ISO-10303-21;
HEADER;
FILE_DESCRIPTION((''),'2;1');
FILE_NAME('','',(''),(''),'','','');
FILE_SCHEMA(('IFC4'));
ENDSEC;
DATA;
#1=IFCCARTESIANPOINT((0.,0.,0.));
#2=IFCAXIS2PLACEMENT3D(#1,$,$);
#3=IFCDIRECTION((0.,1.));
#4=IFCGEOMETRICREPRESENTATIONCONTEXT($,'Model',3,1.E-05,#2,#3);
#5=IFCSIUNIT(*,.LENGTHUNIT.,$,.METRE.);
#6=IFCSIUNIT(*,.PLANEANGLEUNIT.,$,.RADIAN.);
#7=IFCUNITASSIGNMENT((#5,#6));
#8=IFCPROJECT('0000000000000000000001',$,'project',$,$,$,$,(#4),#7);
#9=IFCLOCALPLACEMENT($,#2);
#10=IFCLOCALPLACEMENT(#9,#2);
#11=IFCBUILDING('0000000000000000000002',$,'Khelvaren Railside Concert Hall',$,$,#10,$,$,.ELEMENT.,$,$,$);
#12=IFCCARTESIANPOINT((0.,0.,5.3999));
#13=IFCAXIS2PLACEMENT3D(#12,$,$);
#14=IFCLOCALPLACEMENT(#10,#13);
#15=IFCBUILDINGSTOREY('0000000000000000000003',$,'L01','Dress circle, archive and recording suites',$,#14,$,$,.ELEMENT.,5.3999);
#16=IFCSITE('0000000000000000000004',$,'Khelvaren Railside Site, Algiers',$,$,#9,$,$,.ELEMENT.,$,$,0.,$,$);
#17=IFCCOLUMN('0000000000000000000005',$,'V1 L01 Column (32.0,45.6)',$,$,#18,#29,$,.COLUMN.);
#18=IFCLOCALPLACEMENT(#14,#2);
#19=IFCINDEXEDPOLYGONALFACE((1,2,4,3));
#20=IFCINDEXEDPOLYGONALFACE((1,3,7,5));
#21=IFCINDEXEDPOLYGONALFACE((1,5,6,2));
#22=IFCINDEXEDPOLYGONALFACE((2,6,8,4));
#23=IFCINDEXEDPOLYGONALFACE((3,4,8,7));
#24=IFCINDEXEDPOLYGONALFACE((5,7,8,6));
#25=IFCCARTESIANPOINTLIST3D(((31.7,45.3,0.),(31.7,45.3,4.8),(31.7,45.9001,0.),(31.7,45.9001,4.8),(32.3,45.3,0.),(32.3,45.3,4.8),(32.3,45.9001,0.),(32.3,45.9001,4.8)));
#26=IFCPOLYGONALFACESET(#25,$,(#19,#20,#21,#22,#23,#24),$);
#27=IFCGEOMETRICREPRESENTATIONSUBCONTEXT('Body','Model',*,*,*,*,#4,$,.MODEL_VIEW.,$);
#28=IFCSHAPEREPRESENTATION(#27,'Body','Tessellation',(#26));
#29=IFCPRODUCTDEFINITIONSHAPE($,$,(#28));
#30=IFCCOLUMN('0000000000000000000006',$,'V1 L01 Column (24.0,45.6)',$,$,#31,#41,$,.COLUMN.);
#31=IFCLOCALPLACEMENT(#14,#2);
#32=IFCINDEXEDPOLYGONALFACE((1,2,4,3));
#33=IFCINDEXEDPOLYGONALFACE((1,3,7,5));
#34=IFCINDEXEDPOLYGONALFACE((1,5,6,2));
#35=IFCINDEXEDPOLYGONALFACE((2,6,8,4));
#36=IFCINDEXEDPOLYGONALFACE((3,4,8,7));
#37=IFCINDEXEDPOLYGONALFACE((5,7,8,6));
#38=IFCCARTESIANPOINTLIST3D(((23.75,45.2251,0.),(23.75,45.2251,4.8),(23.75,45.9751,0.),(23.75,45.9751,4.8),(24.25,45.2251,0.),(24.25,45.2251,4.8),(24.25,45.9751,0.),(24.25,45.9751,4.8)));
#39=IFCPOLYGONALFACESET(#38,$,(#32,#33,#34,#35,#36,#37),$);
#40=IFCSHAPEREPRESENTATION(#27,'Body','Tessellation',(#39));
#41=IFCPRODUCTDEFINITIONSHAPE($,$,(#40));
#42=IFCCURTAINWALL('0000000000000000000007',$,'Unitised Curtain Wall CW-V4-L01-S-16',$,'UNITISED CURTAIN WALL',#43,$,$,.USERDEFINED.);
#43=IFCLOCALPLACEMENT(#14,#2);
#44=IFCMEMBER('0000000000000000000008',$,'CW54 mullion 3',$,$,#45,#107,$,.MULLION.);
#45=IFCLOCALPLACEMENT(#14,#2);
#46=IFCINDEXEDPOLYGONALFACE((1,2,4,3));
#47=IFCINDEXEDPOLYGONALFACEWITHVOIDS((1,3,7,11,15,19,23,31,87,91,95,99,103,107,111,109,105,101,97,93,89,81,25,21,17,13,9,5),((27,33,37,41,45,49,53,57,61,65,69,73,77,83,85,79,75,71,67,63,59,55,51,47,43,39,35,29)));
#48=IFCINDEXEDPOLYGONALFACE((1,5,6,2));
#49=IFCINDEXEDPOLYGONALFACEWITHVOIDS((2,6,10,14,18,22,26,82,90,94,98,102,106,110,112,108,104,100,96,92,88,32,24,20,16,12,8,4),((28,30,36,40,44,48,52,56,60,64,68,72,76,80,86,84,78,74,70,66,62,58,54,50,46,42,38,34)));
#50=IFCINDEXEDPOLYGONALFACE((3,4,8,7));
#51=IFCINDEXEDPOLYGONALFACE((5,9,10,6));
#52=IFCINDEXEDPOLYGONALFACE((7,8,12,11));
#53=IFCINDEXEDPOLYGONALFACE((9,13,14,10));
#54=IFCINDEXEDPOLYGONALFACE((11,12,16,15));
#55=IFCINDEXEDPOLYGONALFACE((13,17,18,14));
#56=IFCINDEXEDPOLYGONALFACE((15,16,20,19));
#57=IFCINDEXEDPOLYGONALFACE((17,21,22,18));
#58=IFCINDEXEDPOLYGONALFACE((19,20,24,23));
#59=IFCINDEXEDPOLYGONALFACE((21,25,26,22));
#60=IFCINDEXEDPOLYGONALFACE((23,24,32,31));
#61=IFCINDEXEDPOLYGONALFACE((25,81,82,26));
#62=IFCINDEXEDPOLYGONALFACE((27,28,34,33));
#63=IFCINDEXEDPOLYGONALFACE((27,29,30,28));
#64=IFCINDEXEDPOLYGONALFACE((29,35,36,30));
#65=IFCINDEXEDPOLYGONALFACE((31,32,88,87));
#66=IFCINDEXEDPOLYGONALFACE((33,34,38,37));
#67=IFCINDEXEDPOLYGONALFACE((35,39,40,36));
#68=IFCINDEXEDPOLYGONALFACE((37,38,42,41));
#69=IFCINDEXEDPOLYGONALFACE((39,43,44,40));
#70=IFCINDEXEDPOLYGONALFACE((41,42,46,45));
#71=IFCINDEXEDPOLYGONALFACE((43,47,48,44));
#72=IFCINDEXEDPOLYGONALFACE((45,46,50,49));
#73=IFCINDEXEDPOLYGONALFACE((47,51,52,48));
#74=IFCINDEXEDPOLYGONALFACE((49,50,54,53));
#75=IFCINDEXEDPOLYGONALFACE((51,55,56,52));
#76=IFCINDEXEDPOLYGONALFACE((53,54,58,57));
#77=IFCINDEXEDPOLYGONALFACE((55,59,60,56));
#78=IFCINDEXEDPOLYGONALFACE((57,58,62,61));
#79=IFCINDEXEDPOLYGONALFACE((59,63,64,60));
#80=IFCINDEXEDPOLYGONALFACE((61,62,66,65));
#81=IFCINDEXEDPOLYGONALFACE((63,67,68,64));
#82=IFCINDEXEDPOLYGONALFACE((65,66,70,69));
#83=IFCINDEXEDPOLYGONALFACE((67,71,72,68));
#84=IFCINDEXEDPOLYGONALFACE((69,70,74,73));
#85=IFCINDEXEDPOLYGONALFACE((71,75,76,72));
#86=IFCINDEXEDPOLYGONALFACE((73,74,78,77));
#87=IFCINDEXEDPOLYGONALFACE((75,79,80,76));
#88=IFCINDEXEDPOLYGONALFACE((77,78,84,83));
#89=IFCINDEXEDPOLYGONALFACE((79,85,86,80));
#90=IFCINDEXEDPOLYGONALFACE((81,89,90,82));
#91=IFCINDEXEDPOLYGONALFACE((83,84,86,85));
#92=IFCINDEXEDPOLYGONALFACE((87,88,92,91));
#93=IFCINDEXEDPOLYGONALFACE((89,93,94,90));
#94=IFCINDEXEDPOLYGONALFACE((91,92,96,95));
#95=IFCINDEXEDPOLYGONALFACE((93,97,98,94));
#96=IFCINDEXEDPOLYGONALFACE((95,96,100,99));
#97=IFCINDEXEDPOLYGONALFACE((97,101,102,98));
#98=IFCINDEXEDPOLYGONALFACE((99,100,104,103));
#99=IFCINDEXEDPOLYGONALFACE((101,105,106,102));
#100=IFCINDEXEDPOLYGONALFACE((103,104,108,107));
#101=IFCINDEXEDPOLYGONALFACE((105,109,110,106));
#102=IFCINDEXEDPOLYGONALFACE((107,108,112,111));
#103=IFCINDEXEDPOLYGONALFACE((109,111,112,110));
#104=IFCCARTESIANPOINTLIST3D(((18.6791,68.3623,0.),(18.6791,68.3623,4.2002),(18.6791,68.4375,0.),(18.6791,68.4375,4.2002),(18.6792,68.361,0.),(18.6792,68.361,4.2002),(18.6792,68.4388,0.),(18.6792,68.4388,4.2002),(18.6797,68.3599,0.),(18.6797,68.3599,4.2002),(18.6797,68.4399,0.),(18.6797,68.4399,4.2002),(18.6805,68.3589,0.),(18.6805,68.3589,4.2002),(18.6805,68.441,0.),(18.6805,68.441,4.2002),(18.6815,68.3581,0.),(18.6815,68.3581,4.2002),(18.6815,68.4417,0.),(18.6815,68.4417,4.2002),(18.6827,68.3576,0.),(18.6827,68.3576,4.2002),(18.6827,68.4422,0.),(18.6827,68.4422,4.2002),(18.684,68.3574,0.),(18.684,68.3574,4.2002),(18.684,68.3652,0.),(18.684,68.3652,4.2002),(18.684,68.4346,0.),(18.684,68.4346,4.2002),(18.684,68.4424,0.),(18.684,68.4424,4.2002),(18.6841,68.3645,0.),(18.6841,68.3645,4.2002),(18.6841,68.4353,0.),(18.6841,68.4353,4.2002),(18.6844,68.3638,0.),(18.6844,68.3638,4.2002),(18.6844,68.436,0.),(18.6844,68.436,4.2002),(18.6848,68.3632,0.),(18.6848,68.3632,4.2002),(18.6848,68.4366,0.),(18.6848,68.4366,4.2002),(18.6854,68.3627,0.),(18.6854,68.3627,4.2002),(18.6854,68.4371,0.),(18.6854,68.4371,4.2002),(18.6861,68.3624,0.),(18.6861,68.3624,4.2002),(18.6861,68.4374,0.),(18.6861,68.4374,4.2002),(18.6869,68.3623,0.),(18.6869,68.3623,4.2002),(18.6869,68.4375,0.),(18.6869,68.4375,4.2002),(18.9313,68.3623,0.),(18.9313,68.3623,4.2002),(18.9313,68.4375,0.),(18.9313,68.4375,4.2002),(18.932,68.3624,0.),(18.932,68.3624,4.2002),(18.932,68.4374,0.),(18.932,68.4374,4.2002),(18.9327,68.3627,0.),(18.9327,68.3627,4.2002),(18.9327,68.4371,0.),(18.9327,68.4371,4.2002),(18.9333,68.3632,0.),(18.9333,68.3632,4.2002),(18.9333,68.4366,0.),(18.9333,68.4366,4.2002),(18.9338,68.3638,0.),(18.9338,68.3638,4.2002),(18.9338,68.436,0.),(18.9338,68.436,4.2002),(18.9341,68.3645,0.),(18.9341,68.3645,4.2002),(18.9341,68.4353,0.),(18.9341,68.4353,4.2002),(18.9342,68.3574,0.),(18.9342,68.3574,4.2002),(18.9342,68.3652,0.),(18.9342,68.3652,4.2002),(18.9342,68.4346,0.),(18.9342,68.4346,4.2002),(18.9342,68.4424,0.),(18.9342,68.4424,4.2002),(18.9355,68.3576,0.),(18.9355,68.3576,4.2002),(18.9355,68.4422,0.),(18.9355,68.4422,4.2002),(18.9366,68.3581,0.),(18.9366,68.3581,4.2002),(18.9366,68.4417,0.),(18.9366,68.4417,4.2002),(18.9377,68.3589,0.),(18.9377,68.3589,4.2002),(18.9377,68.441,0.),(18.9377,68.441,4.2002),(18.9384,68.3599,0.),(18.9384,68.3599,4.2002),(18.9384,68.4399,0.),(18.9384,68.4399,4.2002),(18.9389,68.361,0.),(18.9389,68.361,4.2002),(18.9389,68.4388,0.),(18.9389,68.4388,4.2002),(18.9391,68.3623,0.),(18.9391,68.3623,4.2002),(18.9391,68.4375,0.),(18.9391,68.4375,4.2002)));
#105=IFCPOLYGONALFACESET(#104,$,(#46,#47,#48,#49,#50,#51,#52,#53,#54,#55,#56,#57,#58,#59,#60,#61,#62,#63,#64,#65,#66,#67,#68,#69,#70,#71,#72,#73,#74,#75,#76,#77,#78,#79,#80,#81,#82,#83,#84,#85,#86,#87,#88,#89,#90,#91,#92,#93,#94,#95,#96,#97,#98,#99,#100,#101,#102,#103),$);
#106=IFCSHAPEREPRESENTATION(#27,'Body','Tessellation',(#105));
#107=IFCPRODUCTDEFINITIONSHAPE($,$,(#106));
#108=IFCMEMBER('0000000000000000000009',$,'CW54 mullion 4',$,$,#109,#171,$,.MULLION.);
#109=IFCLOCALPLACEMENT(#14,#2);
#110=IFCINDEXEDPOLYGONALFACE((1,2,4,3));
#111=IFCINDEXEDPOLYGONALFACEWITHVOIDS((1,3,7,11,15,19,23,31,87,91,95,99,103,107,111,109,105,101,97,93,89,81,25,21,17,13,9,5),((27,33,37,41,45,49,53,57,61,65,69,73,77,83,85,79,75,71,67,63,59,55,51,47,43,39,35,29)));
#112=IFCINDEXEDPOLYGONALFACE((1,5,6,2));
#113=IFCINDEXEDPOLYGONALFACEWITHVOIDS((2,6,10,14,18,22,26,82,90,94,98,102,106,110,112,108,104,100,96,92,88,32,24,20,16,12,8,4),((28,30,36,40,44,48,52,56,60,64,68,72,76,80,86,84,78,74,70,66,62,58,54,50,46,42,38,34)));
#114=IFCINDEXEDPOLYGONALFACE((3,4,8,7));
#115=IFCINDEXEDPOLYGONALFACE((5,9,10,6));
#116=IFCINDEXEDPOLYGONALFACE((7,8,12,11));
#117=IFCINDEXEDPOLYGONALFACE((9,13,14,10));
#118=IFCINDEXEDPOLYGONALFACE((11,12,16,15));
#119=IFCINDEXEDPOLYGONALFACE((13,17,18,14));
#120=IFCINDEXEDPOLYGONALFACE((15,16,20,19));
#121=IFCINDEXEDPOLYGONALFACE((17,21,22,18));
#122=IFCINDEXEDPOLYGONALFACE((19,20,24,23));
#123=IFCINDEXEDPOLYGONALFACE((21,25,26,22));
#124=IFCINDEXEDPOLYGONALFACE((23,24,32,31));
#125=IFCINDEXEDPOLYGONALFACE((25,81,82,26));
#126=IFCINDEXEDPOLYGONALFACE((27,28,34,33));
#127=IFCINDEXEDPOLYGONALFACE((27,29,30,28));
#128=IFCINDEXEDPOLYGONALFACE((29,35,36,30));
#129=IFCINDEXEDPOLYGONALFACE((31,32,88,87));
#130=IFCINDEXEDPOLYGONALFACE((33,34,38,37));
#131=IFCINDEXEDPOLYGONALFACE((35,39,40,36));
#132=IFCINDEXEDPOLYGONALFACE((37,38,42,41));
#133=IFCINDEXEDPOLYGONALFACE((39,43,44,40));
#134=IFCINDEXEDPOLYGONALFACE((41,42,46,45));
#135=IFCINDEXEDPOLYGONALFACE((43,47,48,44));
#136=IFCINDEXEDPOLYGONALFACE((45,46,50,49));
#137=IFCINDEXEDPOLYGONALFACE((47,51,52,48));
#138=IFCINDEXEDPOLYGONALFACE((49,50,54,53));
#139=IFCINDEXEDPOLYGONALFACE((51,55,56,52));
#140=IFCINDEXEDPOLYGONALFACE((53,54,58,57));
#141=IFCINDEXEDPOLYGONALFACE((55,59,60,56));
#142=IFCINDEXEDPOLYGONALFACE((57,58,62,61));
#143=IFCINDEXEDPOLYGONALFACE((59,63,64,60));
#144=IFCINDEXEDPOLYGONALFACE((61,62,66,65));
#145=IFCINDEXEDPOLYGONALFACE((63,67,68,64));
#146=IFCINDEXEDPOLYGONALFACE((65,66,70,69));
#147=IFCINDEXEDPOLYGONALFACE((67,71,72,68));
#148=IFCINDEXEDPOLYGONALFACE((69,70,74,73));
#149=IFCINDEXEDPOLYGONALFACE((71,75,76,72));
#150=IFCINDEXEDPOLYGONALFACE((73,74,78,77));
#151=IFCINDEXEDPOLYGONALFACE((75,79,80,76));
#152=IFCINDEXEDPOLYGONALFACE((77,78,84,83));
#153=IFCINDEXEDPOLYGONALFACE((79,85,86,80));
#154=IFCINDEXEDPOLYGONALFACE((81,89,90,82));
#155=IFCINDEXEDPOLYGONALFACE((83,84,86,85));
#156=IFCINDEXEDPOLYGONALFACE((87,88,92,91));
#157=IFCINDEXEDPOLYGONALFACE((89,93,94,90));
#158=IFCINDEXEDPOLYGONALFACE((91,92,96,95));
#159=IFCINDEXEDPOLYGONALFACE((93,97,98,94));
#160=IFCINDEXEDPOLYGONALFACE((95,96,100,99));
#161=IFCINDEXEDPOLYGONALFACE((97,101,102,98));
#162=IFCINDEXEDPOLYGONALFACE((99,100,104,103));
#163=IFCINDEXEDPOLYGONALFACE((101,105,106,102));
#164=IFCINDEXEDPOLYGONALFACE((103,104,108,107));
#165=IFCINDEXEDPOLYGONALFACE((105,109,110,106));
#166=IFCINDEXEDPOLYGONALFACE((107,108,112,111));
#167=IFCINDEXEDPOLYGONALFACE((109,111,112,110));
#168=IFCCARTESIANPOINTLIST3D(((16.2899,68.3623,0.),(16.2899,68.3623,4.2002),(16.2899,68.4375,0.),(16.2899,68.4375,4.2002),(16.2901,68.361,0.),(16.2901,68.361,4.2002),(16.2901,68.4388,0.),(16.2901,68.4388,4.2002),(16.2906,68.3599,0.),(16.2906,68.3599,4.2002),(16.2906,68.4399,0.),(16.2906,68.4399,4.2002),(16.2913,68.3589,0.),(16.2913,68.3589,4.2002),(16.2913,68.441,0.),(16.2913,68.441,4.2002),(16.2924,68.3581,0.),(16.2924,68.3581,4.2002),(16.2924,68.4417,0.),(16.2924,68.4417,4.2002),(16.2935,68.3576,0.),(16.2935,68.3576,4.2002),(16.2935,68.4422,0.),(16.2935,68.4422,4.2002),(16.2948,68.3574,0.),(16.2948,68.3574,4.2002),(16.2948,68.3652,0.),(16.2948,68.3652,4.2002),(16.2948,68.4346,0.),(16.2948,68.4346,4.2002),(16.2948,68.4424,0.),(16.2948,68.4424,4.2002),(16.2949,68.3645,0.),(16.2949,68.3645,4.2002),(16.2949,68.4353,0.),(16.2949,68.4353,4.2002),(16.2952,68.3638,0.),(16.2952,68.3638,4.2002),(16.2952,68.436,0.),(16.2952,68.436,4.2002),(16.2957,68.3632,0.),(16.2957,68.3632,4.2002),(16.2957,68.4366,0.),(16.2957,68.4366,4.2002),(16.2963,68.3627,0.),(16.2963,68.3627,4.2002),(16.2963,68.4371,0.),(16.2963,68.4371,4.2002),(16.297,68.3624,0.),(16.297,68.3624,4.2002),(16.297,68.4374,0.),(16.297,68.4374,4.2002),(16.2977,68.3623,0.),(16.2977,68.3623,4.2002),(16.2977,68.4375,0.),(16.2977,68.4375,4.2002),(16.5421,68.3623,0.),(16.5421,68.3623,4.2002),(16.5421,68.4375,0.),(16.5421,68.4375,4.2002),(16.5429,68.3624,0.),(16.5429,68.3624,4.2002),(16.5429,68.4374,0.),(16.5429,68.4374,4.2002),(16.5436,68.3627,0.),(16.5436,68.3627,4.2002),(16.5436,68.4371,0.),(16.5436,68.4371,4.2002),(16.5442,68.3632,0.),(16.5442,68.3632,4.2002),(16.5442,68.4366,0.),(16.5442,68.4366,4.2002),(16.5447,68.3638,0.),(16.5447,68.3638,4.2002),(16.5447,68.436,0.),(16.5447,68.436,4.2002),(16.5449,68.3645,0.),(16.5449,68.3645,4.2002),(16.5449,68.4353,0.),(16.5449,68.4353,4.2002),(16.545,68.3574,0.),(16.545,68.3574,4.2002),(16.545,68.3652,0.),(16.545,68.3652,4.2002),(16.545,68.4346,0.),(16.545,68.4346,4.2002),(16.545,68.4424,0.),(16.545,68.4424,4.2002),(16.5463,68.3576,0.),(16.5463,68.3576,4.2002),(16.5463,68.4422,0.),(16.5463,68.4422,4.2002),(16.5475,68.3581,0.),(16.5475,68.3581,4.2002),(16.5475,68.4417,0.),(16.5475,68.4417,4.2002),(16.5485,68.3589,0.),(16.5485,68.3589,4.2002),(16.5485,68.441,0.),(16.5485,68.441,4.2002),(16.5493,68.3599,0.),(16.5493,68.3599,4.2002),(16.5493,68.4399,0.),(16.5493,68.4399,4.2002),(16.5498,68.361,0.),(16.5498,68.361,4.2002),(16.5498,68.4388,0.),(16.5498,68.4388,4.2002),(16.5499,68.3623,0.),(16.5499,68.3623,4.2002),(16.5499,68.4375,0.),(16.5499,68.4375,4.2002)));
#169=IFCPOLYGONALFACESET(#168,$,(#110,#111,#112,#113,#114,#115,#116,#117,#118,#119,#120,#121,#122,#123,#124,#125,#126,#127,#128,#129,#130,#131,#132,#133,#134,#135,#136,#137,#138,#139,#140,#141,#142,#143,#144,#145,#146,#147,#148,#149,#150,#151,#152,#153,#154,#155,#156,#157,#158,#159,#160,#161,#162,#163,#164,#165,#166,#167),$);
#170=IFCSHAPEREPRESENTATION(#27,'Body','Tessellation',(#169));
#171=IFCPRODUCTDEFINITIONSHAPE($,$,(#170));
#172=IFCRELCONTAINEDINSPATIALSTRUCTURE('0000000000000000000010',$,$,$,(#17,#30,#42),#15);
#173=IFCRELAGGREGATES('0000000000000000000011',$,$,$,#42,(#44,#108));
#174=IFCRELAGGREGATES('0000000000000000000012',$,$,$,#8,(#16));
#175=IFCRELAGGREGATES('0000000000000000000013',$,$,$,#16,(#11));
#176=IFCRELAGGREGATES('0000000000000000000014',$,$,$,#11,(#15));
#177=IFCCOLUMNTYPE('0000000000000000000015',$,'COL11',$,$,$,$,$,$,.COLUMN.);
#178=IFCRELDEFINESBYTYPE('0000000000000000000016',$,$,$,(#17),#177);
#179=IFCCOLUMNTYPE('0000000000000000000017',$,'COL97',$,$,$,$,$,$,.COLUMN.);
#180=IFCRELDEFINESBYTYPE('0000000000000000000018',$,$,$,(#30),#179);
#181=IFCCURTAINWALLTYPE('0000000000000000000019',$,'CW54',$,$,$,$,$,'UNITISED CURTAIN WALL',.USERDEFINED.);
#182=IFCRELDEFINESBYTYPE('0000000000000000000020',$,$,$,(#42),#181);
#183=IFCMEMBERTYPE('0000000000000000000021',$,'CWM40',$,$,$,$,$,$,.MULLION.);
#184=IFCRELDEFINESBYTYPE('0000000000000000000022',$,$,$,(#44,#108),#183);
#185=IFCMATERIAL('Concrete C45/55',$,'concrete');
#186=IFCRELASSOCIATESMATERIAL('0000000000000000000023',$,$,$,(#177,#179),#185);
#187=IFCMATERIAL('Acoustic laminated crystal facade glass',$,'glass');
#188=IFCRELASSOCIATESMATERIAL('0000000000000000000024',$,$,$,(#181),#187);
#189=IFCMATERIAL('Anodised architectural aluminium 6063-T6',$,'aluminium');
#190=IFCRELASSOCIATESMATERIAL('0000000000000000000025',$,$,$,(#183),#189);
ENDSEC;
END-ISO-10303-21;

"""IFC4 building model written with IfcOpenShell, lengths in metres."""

from ifc_helpers import new_model, si_unit, direction, frame, origin, origin_2d, place, context, subcontext, project, spatial, rectangle, hollow_rectangle, extrude, material, material_profile, profile_set, type_object, element, aggregate, save


model = new_model("IFC4")

# Units and contexts
model_context = context("Model", 3, precision=1e-05, world=origin(), true_north=direction((0.0, 1.0)))
body_context = subcontext(model_context, "Body", "Model", "MODEL_VIEW")
ifc_project = project(units=[si_unit("LENGTHUNIT", "METRE"), si_unit("PLANEANGLEUNIT", "RADIAN")], contexts=[model_context])

# Site, building, storey
site_placement = place(None, origin())
site = spatial("IfcSite", under=ifc_project, at=site_placement, Name="Khelvaren Railside Site, Algiers", CompositionType="ELEMENT", RefElevation=0.0)
building_placement = place(site_placement, origin())
building = spatial("IfcBuilding", under=site, at=building_placement, Name="Khelvaren Railside Concert Hall", CompositionType="ELEMENT")
storey_placement = place(building_placement, frame((0.0, 0.0, 5.3999)))
storey = spatial("IfcBuildingStorey", under=building, at=storey_placement, Name="L01", Description="Dress circle, archive and recording suites", CompositionType="ELEMENT", Elevation=5.3999)

# Columns
ifc_material_1 = material(Name="Concrete C45/55", Category="concrete")
ifc_material_profile_1 = material_profile(ifc_material_1, rectangle(XDim=0.6001, YDim=0.6001, at=origin_2d()), Name="RC 600x600")
ifc_profile_set_1 = profile_set([ifc_material_profile_1], Name="Concrete C45/55")
column_type_1 = type_object("IfcColumnType", Name="COL11", PredefinedType="COLUMN", material=ifc_profile_set_1)
column_1_placement = place(storey_placement, frame((32.0, 45.6001, 0.0), z_axis=(0.0, 0.0, 1.0), x_axis=(1.0, 0.0, 0.0)))
element("IfcColumn", 1, at=column_1_placement, inside=storey, type_object=column_type_1, Name="V1 L01 Column (32.0,45.6)", PredefinedType="COLUMN", context=body_context, shape_type="SweptSolid", body=[
    extrude(rectangle(XDim=0.6001, YDim=0.6001, at=origin_2d()), origin(), (0.0, 0.0, 1.0), 4.8),
])
ifc_material_profile_2 = material_profile(ifc_material_1, rectangle(XDim=0.5, YDim=0.75, at=origin_2d()), Name="RC 500x750")
ifc_profile_set_2 = profile_set([ifc_material_profile_2], Name="Concrete C45/55")
column_type_2 = type_object("IfcColumnType", Name="COL97", PredefinedType="COLUMN", material=ifc_profile_set_2)
column_2_placement = place(storey_placement, frame((24.0, 45.6001, 0.0), z_axis=(0.0, 0.0, 1.0), x_axis=(1.0, 0.0, 0.0)))
element("IfcColumn", 2, at=column_2_placement, inside=storey, type_object=column_type_2, Name="V1 L01 Column (24.0,45.6)", PredefinedType="COLUMN", context=body_context, shape_type="SweptSolid", body=[
    extrude(rectangle(XDim=0.5, YDim=0.75, at=origin_2d()), origin(), (0.0, 0.0, 1.0), 4.8),
])

# Curtain wall, members
ifc_material_2 = material(Name="Acoustic laminated crystal facade glass", Category="glass")
curtain_wall_type = type_object("IfcCurtainWallType", Name="CW54", ElementType="UNITISED CURTAIN WALL", PredefinedType="USERDEFINED", material=ifc_material_2)
curtain_wall_placement = place(storey_placement, origin())
curtain_wall = element("IfcCurtainWall", 3, at=curtain_wall_placement, inside=storey, type_object=curtain_wall_type, Name="Unitised Curtain Wall CW-V4-L01-S-16", ObjectType="UNITISED CURTAIN WALL", PredefinedType="USERDEFINED")
ifc_material_3 = material(Name="Anodised architectural aluminium 6063-T6", Category="aluminium")
ifc_material_profile_3 = material_profile(ifc_material_3, hollow_rectangle(XDim=0.085, YDim=0.26, WallThickness=0.0049, InnerFilletRadius=0.0029, OuterFilletRadius=0.0049, at=origin_2d()), Name="CWM 85x260x5")
ifc_profile_set_3 = profile_set([ifc_material_profile_3], Name="Anodised architectural aluminium 6063-T6")
member_type_1 = type_object("IfcMemberType", Name="CWM40", PredefinedType="MULLION", material=ifc_profile_set_3)
member_1_placement = place(storey_placement, frame((18.8091, 68.3999, 0.0), z_axis=(0.0, 0.0, 1.0), x_axis=(0.0, -1.0, 0.0)))
member_1 = element("IfcMember", 4, at=member_1_placement, type_object=member_type_1, Name="CW54 mullion 3", PredefinedType="MULLION", context=body_context, shape_type="SweptSolid", body=[
    extrude(hollow_rectangle(XDim=0.085, YDim=0.26, WallThickness=0.0049, InnerFilletRadius=0.0029, OuterFilletRadius=0.0049, at=origin_2d()), origin(), (0.0, 0.0, 1.0), 4.2002),
])
member_2_placement = place(storey_placement, frame((16.4199, 68.3999, 0.0), z_axis=(0.0, 0.0, 1.0), x_axis=(0.0, -1.0, 0.0)))
member_2 = element("IfcMember", 5, at=member_2_placement, type_object=member_type_1, Name="CW54 mullion 4", PredefinedType="MULLION", context=body_context, shape_type="SweptSolid", body=[
    extrude(hollow_rectangle(XDim=0.085, YDim=0.26, WallThickness=0.0049, InnerFilletRadius=0.0029, OuterFilletRadius=0.0049, at=origin_2d()), origin(), (0.0, 0.0, 1.0), 4.2002),
])

aggregate(curtain_wall, [member_1, member_2])

save(model, "model.ifc")
